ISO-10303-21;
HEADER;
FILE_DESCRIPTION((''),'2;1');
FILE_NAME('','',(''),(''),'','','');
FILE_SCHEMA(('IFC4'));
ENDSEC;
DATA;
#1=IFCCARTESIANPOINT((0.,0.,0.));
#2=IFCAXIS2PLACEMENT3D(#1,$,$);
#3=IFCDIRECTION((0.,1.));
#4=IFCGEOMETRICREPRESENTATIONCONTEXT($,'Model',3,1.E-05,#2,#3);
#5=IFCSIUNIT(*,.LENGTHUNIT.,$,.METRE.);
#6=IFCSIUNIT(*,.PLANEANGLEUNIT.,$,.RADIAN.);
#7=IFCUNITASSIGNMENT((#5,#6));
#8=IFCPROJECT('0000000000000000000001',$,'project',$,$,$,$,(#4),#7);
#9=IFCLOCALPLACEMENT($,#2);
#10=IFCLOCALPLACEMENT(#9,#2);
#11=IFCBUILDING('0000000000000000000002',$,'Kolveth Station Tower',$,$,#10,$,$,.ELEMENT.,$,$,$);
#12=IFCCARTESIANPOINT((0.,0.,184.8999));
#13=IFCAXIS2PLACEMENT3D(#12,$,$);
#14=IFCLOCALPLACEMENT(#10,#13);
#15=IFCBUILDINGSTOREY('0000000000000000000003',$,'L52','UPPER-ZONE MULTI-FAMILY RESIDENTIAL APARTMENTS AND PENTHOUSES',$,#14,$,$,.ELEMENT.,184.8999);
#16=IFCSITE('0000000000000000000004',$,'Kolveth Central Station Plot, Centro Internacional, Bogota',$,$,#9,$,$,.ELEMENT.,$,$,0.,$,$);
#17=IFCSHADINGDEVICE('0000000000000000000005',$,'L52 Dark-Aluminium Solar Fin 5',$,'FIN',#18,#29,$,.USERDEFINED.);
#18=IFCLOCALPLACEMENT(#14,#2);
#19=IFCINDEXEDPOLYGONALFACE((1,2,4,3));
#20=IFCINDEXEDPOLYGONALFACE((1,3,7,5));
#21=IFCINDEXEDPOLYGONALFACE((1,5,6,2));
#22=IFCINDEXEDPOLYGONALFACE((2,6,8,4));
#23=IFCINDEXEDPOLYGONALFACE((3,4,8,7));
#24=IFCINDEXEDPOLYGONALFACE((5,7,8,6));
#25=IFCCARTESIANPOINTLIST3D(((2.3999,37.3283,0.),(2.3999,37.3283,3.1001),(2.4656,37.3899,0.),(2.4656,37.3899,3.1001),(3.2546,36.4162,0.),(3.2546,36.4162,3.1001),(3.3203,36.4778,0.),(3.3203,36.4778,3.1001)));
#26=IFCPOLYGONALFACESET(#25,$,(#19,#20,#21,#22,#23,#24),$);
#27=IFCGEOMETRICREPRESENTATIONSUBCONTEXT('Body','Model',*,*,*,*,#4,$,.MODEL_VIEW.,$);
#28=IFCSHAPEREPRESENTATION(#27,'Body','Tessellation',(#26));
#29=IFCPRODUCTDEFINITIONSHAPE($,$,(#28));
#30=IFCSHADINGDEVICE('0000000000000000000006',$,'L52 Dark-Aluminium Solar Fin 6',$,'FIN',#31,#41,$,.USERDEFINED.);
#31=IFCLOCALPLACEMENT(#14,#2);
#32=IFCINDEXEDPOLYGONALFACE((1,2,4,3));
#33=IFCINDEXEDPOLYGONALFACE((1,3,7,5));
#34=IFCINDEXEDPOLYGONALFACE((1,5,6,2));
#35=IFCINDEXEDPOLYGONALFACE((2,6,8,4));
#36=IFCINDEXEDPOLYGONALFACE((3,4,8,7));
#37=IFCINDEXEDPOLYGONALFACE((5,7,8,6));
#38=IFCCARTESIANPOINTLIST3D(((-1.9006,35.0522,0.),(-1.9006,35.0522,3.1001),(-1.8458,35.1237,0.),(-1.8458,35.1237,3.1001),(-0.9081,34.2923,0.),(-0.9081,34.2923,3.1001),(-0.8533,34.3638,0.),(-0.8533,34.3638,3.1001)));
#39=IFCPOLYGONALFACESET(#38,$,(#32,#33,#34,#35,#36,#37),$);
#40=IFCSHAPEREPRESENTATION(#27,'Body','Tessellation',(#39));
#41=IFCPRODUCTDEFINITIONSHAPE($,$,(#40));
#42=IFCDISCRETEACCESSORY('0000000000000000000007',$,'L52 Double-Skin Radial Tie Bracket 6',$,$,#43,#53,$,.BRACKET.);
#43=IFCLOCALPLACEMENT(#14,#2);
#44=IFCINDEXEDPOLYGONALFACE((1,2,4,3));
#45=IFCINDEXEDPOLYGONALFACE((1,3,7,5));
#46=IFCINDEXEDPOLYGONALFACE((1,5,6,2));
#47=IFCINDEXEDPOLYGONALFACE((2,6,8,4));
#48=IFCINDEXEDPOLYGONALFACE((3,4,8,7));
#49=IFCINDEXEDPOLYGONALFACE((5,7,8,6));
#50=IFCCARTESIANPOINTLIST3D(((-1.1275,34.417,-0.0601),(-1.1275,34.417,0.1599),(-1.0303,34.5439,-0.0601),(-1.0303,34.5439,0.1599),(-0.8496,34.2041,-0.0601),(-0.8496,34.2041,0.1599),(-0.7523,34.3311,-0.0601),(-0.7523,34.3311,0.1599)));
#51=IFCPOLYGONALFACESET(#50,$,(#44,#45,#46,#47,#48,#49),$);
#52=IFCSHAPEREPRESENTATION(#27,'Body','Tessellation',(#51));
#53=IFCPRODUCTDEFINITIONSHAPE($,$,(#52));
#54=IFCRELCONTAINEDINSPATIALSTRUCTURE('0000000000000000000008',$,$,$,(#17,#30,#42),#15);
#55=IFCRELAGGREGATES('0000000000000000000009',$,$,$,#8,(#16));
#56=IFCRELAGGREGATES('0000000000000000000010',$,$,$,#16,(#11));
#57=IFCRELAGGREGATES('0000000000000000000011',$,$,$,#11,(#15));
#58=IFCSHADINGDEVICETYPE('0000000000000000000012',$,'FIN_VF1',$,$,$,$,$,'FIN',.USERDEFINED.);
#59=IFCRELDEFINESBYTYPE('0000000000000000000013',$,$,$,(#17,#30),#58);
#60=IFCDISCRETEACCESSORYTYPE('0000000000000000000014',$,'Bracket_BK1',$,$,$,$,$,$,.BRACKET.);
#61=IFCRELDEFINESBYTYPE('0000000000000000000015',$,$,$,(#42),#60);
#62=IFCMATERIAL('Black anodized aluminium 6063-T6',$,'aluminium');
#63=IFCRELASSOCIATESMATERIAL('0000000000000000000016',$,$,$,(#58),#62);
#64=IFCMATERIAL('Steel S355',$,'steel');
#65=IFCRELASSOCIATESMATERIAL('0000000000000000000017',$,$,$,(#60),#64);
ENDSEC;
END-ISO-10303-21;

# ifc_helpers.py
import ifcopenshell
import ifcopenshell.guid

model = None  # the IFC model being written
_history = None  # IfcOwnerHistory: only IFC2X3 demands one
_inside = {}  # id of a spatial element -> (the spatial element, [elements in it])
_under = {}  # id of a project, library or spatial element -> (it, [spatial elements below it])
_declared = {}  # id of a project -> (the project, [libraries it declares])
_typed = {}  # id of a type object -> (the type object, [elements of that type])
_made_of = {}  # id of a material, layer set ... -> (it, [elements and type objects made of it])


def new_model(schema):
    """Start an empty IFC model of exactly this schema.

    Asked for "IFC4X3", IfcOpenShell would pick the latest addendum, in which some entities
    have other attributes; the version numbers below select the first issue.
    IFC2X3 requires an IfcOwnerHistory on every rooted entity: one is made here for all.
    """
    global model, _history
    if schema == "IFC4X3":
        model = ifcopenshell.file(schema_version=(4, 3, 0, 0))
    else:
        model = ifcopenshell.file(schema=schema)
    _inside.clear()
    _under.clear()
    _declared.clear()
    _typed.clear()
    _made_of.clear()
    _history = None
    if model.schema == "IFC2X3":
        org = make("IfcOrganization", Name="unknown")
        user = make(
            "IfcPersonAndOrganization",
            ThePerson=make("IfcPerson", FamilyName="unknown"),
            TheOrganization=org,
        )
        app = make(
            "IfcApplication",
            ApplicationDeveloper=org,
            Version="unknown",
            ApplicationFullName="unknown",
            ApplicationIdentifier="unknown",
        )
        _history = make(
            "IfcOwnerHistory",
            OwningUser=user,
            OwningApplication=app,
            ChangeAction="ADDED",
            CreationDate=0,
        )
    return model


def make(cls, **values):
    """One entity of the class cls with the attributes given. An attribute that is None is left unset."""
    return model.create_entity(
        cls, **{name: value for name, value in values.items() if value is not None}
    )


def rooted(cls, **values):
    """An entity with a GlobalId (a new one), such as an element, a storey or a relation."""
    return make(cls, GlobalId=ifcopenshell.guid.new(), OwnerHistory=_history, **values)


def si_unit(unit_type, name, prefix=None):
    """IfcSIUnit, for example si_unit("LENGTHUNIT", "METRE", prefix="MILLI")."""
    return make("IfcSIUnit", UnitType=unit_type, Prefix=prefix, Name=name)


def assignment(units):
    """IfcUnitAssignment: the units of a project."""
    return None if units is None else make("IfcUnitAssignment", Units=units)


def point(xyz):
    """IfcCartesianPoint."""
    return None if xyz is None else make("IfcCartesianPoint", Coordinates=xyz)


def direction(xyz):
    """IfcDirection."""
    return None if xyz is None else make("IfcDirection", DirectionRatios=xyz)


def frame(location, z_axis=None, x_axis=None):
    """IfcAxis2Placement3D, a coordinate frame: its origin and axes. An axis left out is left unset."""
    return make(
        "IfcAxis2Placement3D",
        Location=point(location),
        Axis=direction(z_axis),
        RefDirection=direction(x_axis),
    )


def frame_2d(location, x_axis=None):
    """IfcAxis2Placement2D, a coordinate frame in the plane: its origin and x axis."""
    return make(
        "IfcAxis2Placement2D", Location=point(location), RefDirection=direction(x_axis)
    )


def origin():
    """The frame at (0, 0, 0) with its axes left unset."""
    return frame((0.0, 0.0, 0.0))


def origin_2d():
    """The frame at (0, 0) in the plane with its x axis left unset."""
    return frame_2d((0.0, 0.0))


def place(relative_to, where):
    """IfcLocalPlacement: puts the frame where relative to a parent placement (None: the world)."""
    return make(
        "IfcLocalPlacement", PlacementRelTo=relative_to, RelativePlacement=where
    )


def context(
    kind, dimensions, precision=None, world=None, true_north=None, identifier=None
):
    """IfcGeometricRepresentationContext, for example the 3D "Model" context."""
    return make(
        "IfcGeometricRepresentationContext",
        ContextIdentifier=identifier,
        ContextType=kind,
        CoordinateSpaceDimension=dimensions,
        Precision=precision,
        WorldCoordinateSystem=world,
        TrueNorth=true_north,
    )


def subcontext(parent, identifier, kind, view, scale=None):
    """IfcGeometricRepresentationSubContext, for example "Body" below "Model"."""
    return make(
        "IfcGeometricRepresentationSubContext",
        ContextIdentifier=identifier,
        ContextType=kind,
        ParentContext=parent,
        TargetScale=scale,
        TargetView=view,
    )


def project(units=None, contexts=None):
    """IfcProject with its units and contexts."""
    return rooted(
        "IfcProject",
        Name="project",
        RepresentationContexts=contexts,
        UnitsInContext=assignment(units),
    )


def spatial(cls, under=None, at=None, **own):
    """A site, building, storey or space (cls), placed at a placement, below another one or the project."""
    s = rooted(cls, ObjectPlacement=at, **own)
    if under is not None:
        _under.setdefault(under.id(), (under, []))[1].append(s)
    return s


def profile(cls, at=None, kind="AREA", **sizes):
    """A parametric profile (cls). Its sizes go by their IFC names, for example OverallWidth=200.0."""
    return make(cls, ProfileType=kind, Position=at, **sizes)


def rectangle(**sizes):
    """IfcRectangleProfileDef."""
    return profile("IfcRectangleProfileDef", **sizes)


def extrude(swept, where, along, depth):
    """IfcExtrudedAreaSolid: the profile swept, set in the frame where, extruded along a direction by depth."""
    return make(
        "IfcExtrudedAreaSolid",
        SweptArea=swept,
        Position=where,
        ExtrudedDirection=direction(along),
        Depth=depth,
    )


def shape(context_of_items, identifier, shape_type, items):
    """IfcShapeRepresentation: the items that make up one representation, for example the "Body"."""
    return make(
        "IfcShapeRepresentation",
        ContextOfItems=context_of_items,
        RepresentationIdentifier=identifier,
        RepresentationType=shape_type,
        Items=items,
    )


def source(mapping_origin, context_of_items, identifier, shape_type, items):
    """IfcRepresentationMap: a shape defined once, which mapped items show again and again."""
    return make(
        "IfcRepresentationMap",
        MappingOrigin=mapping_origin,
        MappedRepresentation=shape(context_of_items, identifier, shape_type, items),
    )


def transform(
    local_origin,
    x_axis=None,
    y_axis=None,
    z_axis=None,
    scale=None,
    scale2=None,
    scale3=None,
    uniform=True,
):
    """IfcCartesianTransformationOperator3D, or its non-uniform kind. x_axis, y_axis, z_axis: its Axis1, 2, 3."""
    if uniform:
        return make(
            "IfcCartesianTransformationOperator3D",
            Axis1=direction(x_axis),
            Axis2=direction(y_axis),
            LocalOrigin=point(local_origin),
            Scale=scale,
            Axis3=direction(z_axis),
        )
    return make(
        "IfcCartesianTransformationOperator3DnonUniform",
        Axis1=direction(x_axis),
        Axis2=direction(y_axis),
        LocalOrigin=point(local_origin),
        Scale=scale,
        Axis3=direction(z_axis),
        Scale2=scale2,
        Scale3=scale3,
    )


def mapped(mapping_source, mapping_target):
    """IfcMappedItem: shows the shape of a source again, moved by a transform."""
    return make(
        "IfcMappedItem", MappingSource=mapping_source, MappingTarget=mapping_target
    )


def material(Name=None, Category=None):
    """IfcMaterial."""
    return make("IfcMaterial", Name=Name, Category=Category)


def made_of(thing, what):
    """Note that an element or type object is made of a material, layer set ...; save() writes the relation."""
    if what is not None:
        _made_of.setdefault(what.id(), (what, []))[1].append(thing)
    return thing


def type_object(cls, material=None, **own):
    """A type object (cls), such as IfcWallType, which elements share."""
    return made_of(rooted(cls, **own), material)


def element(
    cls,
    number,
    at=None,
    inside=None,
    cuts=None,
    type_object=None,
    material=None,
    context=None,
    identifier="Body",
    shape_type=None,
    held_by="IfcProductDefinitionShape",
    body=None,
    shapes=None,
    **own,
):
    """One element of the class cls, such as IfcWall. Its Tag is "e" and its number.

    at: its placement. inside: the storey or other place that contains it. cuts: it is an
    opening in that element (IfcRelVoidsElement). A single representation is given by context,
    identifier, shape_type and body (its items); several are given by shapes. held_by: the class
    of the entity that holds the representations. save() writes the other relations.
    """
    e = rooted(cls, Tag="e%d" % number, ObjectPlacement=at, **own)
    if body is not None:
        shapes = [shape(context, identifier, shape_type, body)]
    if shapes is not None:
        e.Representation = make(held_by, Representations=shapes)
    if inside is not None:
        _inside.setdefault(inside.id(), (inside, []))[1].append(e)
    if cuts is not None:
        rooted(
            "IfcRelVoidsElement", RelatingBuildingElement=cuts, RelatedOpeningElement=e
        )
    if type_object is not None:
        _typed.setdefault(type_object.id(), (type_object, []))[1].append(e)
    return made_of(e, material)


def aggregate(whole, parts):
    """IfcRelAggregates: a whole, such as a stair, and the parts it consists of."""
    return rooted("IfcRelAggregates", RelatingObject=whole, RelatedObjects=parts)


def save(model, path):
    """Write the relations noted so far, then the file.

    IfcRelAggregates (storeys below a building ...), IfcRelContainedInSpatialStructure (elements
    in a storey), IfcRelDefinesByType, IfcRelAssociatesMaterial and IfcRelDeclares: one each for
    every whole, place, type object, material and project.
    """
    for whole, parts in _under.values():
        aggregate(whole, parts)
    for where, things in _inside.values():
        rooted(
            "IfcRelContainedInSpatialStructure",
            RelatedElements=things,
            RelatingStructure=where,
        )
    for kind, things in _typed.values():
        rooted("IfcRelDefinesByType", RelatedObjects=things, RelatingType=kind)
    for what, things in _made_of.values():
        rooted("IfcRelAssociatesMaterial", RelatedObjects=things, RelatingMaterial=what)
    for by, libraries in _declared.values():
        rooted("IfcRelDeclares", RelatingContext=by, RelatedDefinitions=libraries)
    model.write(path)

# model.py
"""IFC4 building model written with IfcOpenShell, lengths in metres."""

from ifc_helpers import new_model, si_unit, direction, frame, origin, origin_2d, place, context, subcontext, project, spatial, rectangle, extrude, source, transform, mapped, material, type_object, element, save


model = new_model("IFC4")

# Units and contexts
model_context = context("Model", 3, precision=1e-05, world=origin(), true_north=direction((0.0, 1.0)))
body_context = subcontext(model_context, "Body", "Model", "MODEL_VIEW")
ifc_project = project(units=[si_unit("LENGTHUNIT", "METRE"), si_unit("PLANEANGLEUNIT", "RADIAN")], contexts=[model_context])

# Site, building, storey
site_placement = place(None, origin())
site = spatial("IfcSite", under=ifc_project, at=site_placement, Name="Kolveth Central Station Plot, Centro Internacional, Bogota", CompositionType="ELEMENT", RefElevation=0.0)
building_placement = place(site_placement, origin())
building = spatial("IfcBuilding", under=site, at=building_placement, Name="Kolveth Station Tower", CompositionType="ELEMENT")
storey_placement = place(building_placement, frame((0.0, 0.0, 184.8999)))
storey = spatial("IfcBuildingStorey", under=building, at=storey_placement, Name="L52", Description="UPPER-ZONE MULTI-FAMILY RESIDENTIAL APARTMENTS AND PENTHOUSES", CompositionType="ELEMENT", Elevation=184.8999)

# Shared definitions
ifc_material_1 = material(Name="Black anodized aluminium 6063-T6", Category="aluminium")

# Shading devices
shading_device_type = type_object("IfcShadingDeviceType", Name="FIN_VF1", ElementType="FIN", PredefinedType="USERDEFINED", material=ifc_material_1)
shared_shape_1 = source(origin(), body_context, "Body", "SweptSolid", [
    extrude(rectangle(XDim=1.25, YDim=0.0901, at=origin_2d()), origin(), (0.0, 0.0, 1.0), 3.1001),
])
for number, where, z_axis, x_axis, name in (
    (1, (2.8601, 36.9031, 0.0), (0.0, 0.0, 1.0), (-0.683783, 0.729685, 0.0), "L52 Dark-Aluminium Solar Fin 5"),
    (2, (-1.377, 34.708, 0.0), (0.0, 0.0, 1.0), (-0.79399, 0.60793, 0.0), "L52 Dark-Aluminium Solar Fin 6"),
):
    element("IfcShadingDevice", number, at=place(storey_placement, frame(where, z_axis=z_axis, x_axis=x_axis)), inside=storey, type_object=shading_device_type, Name=name, ObjectType="FIN", PredefinedType="USERDEFINED", context=body_context, shape_type="MappedRepresentation", body=[
        mapped(shared_shape_1, transform((0.0, 0.0, 0.0), x_axis=(1.0, 0.0, 0.0), y_axis=(0.0, 1.0, 0.0), z_axis=(0.0, 0.0, 1.0), scale=1.0)),
    ])

# Discrete accessory
ifc_material_2 = material(Name="Steel S355", Category="steel")
discrete_accessory_type = type_object("IfcDiscreteAccessoryType", Name="Bracket_BK1", PredefinedType="BRACKET", material=ifc_material_2)
shared_shape_2 = source(origin(), body_context, "Body", "SweptSolid", [
    extrude(rectangle(XDim=0.3501, YDim=0.1599, at=origin_2d()), origin(), (0.0, 0.0, 1.0), 0.22),
])
discrete_accessory_placement = place(storey_placement, frame((-0.9399, 34.374, -0.0601), z_axis=(0.0, 0.0, 1.0), x_axis=(-0.79399, 0.60793, 0.0)))
element("IfcDiscreteAccessory", 3, at=discrete_accessory_placement, inside=storey, type_object=discrete_accessory_type, Name="L52 Double-Skin Radial Tie Bracket 6", PredefinedType="BRACKET", context=body_context, shape_type="MappedRepresentation", body=[
    mapped(shared_shape_2, transform((0.0, 0.0, 0.0), x_axis=(1.0, 0.0, 0.0), y_axis=(0.0, 1.0, 0.0), z_axis=(0.0, 0.0, 1.0), scale=1.0)),
])

save(model, "model.ifc")
